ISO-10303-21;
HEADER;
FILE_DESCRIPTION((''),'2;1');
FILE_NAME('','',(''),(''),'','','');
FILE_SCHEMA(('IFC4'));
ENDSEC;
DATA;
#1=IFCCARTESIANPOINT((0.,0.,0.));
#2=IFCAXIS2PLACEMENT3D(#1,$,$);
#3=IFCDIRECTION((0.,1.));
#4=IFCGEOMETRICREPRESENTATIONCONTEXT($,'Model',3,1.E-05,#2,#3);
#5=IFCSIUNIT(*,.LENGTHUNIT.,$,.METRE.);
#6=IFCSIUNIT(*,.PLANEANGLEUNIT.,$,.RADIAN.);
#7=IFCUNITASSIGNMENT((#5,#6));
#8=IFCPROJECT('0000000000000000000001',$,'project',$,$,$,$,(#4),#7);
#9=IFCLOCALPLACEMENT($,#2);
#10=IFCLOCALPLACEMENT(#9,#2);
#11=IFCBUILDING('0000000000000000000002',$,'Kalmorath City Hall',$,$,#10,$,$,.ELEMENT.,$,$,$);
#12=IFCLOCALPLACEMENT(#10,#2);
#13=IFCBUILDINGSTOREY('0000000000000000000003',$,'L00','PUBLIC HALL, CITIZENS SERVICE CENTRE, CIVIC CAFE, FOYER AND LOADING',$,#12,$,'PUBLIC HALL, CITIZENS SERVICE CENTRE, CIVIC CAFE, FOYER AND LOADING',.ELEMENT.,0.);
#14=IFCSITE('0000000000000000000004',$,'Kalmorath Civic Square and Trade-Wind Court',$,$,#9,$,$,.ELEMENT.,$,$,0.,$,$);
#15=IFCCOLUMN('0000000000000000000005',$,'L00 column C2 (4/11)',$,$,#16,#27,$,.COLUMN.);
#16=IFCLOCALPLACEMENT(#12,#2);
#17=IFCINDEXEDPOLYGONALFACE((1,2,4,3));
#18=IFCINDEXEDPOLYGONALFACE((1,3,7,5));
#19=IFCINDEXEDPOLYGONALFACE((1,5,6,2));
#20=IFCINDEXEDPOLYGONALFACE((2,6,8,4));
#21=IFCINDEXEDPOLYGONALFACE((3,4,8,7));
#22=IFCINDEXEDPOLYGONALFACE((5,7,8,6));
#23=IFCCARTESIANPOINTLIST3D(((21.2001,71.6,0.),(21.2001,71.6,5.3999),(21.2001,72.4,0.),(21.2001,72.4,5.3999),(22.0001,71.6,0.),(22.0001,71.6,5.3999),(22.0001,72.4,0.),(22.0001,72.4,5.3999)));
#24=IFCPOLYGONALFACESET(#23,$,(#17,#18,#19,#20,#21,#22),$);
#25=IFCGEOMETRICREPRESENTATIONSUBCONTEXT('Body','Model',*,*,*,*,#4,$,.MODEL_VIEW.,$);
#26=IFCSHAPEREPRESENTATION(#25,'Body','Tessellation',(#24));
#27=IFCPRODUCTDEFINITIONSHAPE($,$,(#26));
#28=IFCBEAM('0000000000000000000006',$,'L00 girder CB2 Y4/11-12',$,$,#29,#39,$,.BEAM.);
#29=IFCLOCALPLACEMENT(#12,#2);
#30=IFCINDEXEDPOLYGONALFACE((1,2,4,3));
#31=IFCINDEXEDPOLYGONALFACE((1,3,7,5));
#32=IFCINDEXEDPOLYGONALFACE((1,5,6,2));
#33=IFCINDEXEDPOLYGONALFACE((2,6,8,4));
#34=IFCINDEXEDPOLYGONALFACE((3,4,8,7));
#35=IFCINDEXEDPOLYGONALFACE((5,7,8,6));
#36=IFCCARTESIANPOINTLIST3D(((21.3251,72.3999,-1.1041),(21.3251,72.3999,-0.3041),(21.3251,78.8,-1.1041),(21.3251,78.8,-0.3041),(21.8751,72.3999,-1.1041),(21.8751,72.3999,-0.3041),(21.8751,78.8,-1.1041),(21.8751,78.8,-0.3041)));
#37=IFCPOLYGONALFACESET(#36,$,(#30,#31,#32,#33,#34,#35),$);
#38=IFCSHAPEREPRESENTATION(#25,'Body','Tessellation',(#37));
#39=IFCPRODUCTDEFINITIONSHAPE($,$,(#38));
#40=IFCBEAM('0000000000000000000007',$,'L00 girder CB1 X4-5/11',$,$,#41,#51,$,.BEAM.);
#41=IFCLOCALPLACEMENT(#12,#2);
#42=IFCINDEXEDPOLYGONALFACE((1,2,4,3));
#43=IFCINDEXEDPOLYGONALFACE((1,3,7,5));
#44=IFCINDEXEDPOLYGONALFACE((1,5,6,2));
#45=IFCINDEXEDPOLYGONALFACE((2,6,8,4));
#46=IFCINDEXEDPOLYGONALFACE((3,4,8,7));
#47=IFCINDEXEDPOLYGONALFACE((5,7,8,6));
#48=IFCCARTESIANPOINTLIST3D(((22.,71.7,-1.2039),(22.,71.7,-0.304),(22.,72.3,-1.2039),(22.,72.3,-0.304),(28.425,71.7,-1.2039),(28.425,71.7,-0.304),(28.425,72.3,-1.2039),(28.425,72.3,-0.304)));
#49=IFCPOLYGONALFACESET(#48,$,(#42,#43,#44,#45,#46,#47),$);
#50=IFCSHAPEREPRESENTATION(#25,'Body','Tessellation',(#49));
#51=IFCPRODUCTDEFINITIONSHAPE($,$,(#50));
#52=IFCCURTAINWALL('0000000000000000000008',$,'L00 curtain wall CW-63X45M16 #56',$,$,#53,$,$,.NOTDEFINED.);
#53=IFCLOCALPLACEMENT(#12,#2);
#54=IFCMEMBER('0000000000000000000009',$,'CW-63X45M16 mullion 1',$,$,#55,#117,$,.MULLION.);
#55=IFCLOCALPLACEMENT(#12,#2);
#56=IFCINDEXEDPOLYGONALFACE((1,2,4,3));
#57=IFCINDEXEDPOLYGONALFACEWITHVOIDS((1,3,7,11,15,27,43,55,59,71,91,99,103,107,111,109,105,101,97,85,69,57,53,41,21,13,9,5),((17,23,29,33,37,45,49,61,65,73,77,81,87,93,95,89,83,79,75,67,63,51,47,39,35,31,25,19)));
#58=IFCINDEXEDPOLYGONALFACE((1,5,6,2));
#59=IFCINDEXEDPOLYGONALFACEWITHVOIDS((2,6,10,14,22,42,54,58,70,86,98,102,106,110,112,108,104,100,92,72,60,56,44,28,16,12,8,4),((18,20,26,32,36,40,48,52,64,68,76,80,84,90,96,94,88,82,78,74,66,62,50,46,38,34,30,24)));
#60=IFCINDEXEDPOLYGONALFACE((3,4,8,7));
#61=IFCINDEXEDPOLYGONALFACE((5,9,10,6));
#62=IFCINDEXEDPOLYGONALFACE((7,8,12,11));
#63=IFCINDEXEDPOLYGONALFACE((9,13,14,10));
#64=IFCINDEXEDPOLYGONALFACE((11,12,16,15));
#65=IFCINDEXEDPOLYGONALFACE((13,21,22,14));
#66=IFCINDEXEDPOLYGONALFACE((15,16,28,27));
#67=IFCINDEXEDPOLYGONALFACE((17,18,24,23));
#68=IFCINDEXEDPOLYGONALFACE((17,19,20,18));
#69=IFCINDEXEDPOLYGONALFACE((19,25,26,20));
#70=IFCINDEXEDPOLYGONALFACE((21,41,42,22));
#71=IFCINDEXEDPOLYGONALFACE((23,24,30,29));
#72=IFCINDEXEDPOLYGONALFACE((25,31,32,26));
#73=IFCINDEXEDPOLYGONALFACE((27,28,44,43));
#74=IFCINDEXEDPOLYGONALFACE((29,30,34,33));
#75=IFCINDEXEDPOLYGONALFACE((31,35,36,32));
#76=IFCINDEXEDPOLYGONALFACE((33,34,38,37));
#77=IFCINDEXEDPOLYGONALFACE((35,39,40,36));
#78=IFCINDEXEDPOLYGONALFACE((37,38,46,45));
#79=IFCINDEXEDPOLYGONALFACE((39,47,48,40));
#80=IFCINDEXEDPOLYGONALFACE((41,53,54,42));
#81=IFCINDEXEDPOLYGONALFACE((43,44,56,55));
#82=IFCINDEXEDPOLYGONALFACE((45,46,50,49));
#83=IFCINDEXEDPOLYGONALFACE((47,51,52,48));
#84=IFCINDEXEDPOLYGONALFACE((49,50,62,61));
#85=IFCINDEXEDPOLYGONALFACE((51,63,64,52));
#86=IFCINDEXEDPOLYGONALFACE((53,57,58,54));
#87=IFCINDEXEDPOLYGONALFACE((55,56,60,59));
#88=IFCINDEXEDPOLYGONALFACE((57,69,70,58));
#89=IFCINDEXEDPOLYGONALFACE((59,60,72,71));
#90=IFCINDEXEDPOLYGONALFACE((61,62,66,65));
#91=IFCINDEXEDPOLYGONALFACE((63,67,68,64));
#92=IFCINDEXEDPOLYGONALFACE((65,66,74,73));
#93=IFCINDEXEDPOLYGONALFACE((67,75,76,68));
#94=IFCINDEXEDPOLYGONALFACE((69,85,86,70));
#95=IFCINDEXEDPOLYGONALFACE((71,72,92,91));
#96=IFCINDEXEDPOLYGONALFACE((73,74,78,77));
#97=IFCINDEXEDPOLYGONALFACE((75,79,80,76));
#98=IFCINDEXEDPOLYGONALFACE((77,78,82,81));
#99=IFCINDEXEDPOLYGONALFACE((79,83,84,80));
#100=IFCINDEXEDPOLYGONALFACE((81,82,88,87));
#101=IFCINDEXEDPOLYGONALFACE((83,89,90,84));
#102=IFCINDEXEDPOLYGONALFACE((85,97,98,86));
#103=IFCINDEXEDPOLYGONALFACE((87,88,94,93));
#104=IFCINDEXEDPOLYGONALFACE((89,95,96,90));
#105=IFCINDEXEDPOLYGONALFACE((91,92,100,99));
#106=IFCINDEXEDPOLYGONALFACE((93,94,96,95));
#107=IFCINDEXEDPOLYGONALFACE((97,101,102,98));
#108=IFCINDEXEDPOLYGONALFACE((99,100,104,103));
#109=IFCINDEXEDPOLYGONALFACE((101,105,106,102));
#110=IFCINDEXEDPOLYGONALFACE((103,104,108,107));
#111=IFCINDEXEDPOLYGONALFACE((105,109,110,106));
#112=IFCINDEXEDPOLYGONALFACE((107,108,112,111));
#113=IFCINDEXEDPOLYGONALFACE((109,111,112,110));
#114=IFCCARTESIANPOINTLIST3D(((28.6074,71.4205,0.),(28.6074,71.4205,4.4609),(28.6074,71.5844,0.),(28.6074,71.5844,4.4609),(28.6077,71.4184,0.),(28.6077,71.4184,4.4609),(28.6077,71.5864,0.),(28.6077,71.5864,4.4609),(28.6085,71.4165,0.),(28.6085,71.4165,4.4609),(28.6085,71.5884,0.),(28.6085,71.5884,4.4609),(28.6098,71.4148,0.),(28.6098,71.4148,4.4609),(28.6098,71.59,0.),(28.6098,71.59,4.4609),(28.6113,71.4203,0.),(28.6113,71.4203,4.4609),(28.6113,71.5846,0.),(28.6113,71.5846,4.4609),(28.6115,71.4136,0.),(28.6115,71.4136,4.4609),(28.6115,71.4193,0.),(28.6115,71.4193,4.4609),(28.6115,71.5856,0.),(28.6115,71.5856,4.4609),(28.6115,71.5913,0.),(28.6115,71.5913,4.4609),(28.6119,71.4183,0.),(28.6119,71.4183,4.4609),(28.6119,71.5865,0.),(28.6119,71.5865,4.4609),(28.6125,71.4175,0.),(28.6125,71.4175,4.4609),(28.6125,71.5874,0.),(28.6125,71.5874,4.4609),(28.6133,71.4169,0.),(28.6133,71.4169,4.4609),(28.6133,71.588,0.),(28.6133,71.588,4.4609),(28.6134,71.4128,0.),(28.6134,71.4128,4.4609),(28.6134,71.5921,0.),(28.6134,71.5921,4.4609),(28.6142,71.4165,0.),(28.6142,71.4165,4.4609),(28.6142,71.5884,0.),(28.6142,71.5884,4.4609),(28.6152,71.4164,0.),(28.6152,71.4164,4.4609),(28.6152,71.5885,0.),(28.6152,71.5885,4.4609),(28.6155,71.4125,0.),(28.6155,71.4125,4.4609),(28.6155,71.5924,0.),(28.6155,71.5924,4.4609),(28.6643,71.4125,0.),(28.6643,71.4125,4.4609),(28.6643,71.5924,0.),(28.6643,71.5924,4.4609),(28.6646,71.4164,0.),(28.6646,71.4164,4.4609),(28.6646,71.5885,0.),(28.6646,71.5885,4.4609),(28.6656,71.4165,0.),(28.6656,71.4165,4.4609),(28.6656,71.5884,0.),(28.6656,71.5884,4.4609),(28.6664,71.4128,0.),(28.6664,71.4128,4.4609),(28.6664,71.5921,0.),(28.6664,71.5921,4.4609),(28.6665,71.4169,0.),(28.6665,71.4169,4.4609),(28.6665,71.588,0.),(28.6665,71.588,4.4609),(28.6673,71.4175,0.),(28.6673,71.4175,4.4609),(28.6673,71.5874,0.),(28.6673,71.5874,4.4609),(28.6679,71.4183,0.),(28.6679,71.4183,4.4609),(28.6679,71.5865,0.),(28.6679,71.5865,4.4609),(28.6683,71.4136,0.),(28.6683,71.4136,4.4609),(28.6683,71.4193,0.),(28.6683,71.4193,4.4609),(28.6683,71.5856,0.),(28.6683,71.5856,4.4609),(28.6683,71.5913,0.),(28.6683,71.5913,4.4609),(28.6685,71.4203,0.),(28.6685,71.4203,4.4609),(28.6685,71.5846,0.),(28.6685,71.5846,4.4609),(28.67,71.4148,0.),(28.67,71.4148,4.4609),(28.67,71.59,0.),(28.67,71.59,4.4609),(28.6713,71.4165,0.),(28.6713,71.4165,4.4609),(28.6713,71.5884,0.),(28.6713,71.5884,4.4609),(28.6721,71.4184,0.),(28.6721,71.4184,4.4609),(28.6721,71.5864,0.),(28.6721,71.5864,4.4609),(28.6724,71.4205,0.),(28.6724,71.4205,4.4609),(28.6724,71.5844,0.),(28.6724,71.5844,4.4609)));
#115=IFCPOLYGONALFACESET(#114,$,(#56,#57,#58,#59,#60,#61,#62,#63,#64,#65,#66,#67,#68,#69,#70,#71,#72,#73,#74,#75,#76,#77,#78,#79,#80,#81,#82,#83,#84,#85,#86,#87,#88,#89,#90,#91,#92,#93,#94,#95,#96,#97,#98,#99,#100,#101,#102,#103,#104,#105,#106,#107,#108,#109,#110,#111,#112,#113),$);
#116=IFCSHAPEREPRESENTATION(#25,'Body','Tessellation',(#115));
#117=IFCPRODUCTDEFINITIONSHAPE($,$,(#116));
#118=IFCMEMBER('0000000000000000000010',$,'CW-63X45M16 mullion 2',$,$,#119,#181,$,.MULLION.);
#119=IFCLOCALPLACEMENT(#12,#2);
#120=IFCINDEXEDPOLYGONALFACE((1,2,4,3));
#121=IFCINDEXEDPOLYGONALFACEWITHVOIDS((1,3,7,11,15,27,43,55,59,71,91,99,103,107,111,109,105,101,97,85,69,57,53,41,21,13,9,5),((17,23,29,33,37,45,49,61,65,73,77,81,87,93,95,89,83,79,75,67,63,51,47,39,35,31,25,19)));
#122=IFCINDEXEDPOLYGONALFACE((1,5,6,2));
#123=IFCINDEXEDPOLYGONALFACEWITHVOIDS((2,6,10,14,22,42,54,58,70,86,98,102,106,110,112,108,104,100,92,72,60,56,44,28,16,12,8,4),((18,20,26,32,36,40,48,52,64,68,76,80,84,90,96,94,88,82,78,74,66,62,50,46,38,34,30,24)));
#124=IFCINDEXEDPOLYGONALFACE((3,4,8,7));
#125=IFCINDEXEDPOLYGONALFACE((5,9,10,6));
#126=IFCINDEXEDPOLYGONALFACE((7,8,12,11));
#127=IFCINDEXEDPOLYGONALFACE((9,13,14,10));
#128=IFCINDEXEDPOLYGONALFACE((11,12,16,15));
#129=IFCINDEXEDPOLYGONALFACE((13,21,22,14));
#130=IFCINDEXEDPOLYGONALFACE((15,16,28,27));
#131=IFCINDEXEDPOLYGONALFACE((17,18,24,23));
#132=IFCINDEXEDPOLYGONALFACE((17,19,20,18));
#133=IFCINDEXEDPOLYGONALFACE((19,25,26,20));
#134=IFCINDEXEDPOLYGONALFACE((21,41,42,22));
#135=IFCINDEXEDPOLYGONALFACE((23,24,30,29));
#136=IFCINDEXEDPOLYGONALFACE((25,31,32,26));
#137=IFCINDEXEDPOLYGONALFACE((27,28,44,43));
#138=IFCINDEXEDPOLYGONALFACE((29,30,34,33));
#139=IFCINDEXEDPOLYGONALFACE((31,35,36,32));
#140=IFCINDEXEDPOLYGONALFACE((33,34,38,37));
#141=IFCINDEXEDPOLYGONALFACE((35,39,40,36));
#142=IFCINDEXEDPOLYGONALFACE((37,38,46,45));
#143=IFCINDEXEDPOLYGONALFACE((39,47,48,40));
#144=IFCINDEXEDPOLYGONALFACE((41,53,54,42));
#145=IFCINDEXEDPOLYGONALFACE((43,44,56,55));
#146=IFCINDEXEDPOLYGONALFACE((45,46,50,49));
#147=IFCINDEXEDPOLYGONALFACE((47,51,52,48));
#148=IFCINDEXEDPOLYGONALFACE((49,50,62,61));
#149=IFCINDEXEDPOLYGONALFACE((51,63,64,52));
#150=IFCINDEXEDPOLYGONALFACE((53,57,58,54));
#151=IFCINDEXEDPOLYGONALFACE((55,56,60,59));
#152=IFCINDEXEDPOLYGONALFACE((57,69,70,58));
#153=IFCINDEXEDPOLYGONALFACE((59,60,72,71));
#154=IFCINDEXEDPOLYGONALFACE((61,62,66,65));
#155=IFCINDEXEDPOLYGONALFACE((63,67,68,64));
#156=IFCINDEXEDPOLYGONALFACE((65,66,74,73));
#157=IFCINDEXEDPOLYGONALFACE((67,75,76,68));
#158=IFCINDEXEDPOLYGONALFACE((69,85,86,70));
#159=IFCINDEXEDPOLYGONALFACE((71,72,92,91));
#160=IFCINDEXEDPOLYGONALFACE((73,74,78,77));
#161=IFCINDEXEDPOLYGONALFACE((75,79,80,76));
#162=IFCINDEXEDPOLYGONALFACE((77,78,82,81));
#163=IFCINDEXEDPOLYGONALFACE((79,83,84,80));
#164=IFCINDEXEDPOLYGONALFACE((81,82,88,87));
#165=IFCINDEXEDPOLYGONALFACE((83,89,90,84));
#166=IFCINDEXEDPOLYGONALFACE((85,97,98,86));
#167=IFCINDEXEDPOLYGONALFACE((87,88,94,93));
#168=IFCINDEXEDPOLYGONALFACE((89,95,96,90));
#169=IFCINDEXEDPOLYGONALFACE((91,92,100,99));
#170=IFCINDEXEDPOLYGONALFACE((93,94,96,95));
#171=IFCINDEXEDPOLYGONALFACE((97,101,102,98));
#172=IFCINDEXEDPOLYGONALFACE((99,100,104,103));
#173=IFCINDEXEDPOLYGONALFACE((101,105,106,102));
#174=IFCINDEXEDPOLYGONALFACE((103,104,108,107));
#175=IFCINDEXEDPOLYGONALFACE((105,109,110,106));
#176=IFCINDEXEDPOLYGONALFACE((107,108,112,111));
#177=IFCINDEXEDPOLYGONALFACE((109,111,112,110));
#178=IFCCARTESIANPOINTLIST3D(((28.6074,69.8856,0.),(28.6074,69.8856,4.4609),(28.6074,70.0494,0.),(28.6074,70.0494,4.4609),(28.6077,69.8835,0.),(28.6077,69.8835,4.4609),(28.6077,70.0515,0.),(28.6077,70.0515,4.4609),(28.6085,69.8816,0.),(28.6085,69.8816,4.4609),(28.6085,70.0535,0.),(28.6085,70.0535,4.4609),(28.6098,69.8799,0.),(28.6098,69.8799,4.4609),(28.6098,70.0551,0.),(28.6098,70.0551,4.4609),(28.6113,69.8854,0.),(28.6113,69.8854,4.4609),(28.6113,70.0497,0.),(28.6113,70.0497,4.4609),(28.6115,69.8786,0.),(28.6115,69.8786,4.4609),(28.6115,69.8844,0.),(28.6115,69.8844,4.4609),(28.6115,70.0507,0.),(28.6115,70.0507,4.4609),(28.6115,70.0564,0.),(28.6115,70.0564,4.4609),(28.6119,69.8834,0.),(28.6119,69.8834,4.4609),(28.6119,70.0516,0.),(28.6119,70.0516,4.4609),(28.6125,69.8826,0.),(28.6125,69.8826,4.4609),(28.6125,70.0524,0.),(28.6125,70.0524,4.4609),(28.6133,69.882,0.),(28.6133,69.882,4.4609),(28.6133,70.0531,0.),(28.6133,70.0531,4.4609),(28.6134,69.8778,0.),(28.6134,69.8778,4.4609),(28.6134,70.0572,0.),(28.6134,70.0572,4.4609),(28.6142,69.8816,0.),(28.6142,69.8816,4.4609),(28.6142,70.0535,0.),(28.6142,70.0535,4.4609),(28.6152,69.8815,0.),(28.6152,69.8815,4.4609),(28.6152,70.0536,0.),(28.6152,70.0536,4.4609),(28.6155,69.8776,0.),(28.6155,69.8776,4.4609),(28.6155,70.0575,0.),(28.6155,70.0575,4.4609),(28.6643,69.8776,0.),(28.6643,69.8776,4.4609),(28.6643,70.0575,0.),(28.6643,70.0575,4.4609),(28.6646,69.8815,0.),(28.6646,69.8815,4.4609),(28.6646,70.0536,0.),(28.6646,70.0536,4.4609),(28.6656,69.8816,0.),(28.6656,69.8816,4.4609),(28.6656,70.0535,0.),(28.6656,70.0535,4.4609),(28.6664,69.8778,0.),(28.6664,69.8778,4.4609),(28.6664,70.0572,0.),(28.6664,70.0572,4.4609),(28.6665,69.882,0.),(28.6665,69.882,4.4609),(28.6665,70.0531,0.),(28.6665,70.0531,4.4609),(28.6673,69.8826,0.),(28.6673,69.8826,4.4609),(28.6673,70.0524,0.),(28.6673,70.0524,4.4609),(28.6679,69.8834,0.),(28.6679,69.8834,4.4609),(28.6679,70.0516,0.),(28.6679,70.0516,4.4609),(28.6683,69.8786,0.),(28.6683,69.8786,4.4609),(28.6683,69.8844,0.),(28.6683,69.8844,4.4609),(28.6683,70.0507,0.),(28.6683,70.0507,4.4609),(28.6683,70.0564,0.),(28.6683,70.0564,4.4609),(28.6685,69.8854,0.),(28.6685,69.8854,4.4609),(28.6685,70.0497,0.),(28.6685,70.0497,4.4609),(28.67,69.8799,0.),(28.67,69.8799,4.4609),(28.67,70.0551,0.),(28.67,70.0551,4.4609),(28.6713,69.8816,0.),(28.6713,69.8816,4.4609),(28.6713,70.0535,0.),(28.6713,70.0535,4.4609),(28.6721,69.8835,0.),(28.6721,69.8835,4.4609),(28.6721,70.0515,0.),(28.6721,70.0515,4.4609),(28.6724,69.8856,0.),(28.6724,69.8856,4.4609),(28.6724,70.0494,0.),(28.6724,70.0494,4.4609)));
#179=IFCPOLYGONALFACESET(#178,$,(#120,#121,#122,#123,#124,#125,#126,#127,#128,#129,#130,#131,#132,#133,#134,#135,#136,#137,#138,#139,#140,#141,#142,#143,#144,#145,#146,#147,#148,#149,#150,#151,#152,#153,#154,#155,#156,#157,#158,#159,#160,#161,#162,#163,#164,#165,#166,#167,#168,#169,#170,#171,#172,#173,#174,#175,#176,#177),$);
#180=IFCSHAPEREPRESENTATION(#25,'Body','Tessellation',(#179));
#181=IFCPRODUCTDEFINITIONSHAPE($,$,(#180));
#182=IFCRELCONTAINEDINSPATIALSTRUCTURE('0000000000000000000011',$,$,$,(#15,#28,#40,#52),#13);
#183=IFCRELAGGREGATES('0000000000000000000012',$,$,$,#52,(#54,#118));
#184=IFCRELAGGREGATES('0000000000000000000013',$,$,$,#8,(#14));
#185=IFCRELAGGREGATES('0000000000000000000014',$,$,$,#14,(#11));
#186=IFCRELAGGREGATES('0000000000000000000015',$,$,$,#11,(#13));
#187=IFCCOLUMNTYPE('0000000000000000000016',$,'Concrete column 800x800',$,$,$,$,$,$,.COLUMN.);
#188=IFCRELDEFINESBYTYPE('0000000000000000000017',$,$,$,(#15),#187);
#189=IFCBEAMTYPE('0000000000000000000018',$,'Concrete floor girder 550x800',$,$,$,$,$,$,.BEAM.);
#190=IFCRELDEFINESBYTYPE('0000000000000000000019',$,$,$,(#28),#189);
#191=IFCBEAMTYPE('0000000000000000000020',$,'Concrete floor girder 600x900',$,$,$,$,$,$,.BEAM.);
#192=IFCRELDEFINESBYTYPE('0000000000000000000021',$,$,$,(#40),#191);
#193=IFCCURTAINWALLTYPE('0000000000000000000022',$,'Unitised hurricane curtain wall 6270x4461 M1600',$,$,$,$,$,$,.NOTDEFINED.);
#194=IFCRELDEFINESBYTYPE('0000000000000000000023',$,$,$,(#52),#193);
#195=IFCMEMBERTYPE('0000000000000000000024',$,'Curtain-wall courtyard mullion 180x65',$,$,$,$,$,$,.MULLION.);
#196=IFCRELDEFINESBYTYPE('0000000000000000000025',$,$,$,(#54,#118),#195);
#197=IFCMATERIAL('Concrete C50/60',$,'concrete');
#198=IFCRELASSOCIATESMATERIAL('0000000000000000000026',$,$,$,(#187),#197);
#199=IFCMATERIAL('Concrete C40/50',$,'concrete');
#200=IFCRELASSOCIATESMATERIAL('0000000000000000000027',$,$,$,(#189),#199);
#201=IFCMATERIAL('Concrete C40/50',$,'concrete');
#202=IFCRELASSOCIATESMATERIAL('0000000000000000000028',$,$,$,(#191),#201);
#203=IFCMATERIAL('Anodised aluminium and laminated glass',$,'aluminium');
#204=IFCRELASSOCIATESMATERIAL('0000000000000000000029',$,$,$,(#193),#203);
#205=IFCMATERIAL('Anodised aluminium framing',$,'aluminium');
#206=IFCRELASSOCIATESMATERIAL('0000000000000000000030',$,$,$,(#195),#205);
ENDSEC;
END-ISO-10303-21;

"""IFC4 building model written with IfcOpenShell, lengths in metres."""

from ifc_helpers import new_model, si_unit, direction, frame, origin, origin_2d, place, context, subcontext, project, spatial, rectangle, hollow_rectangle, extrude, material, material_profile, profile_set, type_object, element, aggregate, save


model = new_model("IFC4")

# Units and contexts
model_context = context("Model", 3, precision=1e-05, world=origin(), true_north=direction((0.0, 1.0)))
body_context = subcontext(model_context, "Body", "Model", "MODEL_VIEW")
ifc_project = project(units=[si_unit("LENGTHUNIT", "METRE"), si_unit("PLANEANGLEUNIT", "RADIAN")], contexts=[model_context])

# Site, building, storey
site_placement = place(None, origin())
site = spatial("IfcSite", under=ifc_project, at=site_placement, Name="Kalmorath Civic Square and Trade-Wind Court", CompositionType="ELEMENT", RefElevation=0.0)
building_placement = place(site_placement, origin())
building = spatial("IfcBuilding", under=site, at=building_placement, Name="Kalmorath City Hall", CompositionType="ELEMENT")
storey_placement = place(building_placement, origin())
storey = spatial("IfcBuildingStorey", under=building, at=storey_placement, Name="L00", Description="PUBLIC HALL, CITIZENS SERVICE CENTRE, CIVIC CAFE, FOYER AND LOADING", LongName="PUBLIC HALL, CITIZENS SERVICE CENTRE, CIVIC CAFE, FOYER AND LOADING", CompositionType="ELEMENT", Elevation=0.0)

# Column
ifc_material_1 = material(Name="Concrete C50/60", Category="concrete")
ifc_material_profile_1 = material_profile(ifc_material_1, rectangle(XDim=0.8, YDim=0.8, at=origin_2d()), Name="RC-COL-800X800")
ifc_profile_set_1 = profile_set([ifc_material_profile_1], Name="Concrete C50/60")
column_type = type_object("IfcColumnType", Name="Concrete column 800x800", PredefinedType="COLUMN", material=ifc_profile_set_1)
column_placement = place(storey_placement, frame((21.6001, 72.0, 0.0), z_axis=(0.0, 0.0, 1.0), x_axis=(1.0, 0.0, 0.0)))
element("IfcColumn", 1, at=column_placement, inside=storey, type_object=column_type, Name="L00 column C2 (4/11)", PredefinedType="COLUMN", context=body_context, shape_type="SweptSolid", body=[
    extrude(rectangle(XDim=0.8, YDim=0.8, at=origin_2d()), origin(), (0.0, 0.0, 1.0), 5.3999),
])

# Beams
ifc_material_2 = material(Name="Concrete C40/50", Category="concrete")
ifc_material_profile_2 = material_profile(ifc_material_2, rectangle(XDim=0.55, YDim=0.8, at=origin_2d()), Name="RC-BM-550X800")
ifc_profile_set_2 = profile_set([ifc_material_profile_2], Name="Concrete C40/50")
beam_type_1 = type_object("IfcBeamType", Name="Concrete floor girder 550x800", PredefinedType="BEAM", material=ifc_profile_set_2)
beam_1_placement = place(storey_placement, frame((21.6001, 72.3999, -0.7041), z_axis=(0.0, 1.0, 0.0), x_axis=(-1.0, 0.0, 0.0)))
element("IfcBeam", 2, at=beam_1_placement, inside=storey, type_object=beam_type_1, Name="L00 girder CB2 Y4/11-12", PredefinedType="BEAM", context=body_context, shape_type="SweptSolid", body=[
    extrude(rectangle(XDim=0.55, YDim=0.8, at=origin_2d()), origin(), (0.0, 0.0, 1.0), 6.4001),
])
ifc_material_3 = material(Name="Concrete C40/50", Category="concrete")
ifc_material_profile_3 = material_profile(ifc_material_3, rectangle(XDim=0.6001, YDim=0.8999, at=origin_2d()), Name="RC-BM-600X900")
ifc_profile_set_3 = profile_set([ifc_material_profile_3], Name="Concrete C40/50")
beam_type_2 = type_object("IfcBeamType", Name="Concrete floor girder 600x900", PredefinedType="BEAM", material=ifc_profile_set_3)
beam_2_placement = place(storey_placement, frame((22.0, 72.0, -0.7539), z_axis=(1.0, 0.0, 0.0), x_axis=(0.0, 1.0, 0.0)))
element("IfcBeam", 3, at=beam_2_placement, inside=storey, type_object=beam_type_2, Name="L00 girder CB1 X4-5/11", PredefinedType="BEAM", context=body_context, shape_type="SweptSolid", body=[
    extrude(rectangle(XDim=0.6001, YDim=0.8999, at=origin_2d()), origin(), (0.0, 0.0, 1.0), 6.425),
])

# Curtain wall, members
ifc_material_4 = material(Name="Anodised aluminium and laminated glass", Category="aluminium")
curtain_wall_type = type_object("IfcCurtainWallType", Name="Unitised hurricane curtain wall 6270x4461 M1600", PredefinedType="NOTDEFINED", material=ifc_material_4)
curtain_wall_placement = place(storey_placement, origin())
curtain_wall = element("IfcCurtainWall", 4, at=curtain_wall_placement, inside=storey, type_object=curtain_wall_type, Name="L00 curtain wall CW-63X45M16 #56", PredefinedType="NOTDEFINED")
ifc_material_5 = material(Name="Anodised aluminium framing", Category="aluminium")
ifc_material_profile_4 = material_profile(ifc_material_5, hollow_rectangle(XDim=0.0649, YDim=0.1799, WallThickness=0.0039, InnerFilletRadius=0.0039, OuterFilletRadius=0.0081, at=origin_2d()), Name="ALU-MUL-180X65X4")
ifc_profile_set_4 = profile_set([ifc_material_profile_4], Name="Anodised aluminium framing")
member_type_1 = type_object("IfcMemberType", Name="Curtain-wall courtyard mullion 180x65", PredefinedType="MULLION", material=ifc_profile_set_4)
member_1_placement = place(storey_placement, frame((28.6399, 71.5024, 0.0), z_axis=(0.0, 0.0, 1.0), x_axis=(1.0, 0.0, 0.0)))
member_1 = element("IfcMember", 5, at=member_1_placement, type_object=member_type_1, Name="CW-63X45M16 mullion 1", PredefinedType="MULLION", context=body_context, shape_type="SweptSolid", body=[
    extrude(hollow_rectangle(XDim=0.0649, YDim=0.1799, WallThickness=0.0039, InnerFilletRadius=0.0039, OuterFilletRadius=0.0081, at=origin_2d()), origin(), (0.0, 0.0, 1.0), 4.4609),
])
member_2_placement = place(storey_placement, frame((28.6399, 69.9675, 0.0), z_axis=(0.0, 0.0, 1.0), x_axis=(1.0, 0.0, 0.0)))
member_2 = element("IfcMember", 6, at=member_2_placement, type_object=member_type_1, Name="CW-63X45M16 mullion 2", PredefinedType="MULLION", context=body_context, shape_type="SweptSolid", body=[
    extrude(hollow_rectangle(XDim=0.0649, YDim=0.1799, WallThickness=0.0039, InnerFilletRadius=0.0039, OuterFilletRadius=0.0081, at=origin_2d()), origin(), (0.0, 0.0, 1.0), 4.4609),
])

aggregate(curtain_wall, [member_1, member_2])

save(model, "model.ifc")
